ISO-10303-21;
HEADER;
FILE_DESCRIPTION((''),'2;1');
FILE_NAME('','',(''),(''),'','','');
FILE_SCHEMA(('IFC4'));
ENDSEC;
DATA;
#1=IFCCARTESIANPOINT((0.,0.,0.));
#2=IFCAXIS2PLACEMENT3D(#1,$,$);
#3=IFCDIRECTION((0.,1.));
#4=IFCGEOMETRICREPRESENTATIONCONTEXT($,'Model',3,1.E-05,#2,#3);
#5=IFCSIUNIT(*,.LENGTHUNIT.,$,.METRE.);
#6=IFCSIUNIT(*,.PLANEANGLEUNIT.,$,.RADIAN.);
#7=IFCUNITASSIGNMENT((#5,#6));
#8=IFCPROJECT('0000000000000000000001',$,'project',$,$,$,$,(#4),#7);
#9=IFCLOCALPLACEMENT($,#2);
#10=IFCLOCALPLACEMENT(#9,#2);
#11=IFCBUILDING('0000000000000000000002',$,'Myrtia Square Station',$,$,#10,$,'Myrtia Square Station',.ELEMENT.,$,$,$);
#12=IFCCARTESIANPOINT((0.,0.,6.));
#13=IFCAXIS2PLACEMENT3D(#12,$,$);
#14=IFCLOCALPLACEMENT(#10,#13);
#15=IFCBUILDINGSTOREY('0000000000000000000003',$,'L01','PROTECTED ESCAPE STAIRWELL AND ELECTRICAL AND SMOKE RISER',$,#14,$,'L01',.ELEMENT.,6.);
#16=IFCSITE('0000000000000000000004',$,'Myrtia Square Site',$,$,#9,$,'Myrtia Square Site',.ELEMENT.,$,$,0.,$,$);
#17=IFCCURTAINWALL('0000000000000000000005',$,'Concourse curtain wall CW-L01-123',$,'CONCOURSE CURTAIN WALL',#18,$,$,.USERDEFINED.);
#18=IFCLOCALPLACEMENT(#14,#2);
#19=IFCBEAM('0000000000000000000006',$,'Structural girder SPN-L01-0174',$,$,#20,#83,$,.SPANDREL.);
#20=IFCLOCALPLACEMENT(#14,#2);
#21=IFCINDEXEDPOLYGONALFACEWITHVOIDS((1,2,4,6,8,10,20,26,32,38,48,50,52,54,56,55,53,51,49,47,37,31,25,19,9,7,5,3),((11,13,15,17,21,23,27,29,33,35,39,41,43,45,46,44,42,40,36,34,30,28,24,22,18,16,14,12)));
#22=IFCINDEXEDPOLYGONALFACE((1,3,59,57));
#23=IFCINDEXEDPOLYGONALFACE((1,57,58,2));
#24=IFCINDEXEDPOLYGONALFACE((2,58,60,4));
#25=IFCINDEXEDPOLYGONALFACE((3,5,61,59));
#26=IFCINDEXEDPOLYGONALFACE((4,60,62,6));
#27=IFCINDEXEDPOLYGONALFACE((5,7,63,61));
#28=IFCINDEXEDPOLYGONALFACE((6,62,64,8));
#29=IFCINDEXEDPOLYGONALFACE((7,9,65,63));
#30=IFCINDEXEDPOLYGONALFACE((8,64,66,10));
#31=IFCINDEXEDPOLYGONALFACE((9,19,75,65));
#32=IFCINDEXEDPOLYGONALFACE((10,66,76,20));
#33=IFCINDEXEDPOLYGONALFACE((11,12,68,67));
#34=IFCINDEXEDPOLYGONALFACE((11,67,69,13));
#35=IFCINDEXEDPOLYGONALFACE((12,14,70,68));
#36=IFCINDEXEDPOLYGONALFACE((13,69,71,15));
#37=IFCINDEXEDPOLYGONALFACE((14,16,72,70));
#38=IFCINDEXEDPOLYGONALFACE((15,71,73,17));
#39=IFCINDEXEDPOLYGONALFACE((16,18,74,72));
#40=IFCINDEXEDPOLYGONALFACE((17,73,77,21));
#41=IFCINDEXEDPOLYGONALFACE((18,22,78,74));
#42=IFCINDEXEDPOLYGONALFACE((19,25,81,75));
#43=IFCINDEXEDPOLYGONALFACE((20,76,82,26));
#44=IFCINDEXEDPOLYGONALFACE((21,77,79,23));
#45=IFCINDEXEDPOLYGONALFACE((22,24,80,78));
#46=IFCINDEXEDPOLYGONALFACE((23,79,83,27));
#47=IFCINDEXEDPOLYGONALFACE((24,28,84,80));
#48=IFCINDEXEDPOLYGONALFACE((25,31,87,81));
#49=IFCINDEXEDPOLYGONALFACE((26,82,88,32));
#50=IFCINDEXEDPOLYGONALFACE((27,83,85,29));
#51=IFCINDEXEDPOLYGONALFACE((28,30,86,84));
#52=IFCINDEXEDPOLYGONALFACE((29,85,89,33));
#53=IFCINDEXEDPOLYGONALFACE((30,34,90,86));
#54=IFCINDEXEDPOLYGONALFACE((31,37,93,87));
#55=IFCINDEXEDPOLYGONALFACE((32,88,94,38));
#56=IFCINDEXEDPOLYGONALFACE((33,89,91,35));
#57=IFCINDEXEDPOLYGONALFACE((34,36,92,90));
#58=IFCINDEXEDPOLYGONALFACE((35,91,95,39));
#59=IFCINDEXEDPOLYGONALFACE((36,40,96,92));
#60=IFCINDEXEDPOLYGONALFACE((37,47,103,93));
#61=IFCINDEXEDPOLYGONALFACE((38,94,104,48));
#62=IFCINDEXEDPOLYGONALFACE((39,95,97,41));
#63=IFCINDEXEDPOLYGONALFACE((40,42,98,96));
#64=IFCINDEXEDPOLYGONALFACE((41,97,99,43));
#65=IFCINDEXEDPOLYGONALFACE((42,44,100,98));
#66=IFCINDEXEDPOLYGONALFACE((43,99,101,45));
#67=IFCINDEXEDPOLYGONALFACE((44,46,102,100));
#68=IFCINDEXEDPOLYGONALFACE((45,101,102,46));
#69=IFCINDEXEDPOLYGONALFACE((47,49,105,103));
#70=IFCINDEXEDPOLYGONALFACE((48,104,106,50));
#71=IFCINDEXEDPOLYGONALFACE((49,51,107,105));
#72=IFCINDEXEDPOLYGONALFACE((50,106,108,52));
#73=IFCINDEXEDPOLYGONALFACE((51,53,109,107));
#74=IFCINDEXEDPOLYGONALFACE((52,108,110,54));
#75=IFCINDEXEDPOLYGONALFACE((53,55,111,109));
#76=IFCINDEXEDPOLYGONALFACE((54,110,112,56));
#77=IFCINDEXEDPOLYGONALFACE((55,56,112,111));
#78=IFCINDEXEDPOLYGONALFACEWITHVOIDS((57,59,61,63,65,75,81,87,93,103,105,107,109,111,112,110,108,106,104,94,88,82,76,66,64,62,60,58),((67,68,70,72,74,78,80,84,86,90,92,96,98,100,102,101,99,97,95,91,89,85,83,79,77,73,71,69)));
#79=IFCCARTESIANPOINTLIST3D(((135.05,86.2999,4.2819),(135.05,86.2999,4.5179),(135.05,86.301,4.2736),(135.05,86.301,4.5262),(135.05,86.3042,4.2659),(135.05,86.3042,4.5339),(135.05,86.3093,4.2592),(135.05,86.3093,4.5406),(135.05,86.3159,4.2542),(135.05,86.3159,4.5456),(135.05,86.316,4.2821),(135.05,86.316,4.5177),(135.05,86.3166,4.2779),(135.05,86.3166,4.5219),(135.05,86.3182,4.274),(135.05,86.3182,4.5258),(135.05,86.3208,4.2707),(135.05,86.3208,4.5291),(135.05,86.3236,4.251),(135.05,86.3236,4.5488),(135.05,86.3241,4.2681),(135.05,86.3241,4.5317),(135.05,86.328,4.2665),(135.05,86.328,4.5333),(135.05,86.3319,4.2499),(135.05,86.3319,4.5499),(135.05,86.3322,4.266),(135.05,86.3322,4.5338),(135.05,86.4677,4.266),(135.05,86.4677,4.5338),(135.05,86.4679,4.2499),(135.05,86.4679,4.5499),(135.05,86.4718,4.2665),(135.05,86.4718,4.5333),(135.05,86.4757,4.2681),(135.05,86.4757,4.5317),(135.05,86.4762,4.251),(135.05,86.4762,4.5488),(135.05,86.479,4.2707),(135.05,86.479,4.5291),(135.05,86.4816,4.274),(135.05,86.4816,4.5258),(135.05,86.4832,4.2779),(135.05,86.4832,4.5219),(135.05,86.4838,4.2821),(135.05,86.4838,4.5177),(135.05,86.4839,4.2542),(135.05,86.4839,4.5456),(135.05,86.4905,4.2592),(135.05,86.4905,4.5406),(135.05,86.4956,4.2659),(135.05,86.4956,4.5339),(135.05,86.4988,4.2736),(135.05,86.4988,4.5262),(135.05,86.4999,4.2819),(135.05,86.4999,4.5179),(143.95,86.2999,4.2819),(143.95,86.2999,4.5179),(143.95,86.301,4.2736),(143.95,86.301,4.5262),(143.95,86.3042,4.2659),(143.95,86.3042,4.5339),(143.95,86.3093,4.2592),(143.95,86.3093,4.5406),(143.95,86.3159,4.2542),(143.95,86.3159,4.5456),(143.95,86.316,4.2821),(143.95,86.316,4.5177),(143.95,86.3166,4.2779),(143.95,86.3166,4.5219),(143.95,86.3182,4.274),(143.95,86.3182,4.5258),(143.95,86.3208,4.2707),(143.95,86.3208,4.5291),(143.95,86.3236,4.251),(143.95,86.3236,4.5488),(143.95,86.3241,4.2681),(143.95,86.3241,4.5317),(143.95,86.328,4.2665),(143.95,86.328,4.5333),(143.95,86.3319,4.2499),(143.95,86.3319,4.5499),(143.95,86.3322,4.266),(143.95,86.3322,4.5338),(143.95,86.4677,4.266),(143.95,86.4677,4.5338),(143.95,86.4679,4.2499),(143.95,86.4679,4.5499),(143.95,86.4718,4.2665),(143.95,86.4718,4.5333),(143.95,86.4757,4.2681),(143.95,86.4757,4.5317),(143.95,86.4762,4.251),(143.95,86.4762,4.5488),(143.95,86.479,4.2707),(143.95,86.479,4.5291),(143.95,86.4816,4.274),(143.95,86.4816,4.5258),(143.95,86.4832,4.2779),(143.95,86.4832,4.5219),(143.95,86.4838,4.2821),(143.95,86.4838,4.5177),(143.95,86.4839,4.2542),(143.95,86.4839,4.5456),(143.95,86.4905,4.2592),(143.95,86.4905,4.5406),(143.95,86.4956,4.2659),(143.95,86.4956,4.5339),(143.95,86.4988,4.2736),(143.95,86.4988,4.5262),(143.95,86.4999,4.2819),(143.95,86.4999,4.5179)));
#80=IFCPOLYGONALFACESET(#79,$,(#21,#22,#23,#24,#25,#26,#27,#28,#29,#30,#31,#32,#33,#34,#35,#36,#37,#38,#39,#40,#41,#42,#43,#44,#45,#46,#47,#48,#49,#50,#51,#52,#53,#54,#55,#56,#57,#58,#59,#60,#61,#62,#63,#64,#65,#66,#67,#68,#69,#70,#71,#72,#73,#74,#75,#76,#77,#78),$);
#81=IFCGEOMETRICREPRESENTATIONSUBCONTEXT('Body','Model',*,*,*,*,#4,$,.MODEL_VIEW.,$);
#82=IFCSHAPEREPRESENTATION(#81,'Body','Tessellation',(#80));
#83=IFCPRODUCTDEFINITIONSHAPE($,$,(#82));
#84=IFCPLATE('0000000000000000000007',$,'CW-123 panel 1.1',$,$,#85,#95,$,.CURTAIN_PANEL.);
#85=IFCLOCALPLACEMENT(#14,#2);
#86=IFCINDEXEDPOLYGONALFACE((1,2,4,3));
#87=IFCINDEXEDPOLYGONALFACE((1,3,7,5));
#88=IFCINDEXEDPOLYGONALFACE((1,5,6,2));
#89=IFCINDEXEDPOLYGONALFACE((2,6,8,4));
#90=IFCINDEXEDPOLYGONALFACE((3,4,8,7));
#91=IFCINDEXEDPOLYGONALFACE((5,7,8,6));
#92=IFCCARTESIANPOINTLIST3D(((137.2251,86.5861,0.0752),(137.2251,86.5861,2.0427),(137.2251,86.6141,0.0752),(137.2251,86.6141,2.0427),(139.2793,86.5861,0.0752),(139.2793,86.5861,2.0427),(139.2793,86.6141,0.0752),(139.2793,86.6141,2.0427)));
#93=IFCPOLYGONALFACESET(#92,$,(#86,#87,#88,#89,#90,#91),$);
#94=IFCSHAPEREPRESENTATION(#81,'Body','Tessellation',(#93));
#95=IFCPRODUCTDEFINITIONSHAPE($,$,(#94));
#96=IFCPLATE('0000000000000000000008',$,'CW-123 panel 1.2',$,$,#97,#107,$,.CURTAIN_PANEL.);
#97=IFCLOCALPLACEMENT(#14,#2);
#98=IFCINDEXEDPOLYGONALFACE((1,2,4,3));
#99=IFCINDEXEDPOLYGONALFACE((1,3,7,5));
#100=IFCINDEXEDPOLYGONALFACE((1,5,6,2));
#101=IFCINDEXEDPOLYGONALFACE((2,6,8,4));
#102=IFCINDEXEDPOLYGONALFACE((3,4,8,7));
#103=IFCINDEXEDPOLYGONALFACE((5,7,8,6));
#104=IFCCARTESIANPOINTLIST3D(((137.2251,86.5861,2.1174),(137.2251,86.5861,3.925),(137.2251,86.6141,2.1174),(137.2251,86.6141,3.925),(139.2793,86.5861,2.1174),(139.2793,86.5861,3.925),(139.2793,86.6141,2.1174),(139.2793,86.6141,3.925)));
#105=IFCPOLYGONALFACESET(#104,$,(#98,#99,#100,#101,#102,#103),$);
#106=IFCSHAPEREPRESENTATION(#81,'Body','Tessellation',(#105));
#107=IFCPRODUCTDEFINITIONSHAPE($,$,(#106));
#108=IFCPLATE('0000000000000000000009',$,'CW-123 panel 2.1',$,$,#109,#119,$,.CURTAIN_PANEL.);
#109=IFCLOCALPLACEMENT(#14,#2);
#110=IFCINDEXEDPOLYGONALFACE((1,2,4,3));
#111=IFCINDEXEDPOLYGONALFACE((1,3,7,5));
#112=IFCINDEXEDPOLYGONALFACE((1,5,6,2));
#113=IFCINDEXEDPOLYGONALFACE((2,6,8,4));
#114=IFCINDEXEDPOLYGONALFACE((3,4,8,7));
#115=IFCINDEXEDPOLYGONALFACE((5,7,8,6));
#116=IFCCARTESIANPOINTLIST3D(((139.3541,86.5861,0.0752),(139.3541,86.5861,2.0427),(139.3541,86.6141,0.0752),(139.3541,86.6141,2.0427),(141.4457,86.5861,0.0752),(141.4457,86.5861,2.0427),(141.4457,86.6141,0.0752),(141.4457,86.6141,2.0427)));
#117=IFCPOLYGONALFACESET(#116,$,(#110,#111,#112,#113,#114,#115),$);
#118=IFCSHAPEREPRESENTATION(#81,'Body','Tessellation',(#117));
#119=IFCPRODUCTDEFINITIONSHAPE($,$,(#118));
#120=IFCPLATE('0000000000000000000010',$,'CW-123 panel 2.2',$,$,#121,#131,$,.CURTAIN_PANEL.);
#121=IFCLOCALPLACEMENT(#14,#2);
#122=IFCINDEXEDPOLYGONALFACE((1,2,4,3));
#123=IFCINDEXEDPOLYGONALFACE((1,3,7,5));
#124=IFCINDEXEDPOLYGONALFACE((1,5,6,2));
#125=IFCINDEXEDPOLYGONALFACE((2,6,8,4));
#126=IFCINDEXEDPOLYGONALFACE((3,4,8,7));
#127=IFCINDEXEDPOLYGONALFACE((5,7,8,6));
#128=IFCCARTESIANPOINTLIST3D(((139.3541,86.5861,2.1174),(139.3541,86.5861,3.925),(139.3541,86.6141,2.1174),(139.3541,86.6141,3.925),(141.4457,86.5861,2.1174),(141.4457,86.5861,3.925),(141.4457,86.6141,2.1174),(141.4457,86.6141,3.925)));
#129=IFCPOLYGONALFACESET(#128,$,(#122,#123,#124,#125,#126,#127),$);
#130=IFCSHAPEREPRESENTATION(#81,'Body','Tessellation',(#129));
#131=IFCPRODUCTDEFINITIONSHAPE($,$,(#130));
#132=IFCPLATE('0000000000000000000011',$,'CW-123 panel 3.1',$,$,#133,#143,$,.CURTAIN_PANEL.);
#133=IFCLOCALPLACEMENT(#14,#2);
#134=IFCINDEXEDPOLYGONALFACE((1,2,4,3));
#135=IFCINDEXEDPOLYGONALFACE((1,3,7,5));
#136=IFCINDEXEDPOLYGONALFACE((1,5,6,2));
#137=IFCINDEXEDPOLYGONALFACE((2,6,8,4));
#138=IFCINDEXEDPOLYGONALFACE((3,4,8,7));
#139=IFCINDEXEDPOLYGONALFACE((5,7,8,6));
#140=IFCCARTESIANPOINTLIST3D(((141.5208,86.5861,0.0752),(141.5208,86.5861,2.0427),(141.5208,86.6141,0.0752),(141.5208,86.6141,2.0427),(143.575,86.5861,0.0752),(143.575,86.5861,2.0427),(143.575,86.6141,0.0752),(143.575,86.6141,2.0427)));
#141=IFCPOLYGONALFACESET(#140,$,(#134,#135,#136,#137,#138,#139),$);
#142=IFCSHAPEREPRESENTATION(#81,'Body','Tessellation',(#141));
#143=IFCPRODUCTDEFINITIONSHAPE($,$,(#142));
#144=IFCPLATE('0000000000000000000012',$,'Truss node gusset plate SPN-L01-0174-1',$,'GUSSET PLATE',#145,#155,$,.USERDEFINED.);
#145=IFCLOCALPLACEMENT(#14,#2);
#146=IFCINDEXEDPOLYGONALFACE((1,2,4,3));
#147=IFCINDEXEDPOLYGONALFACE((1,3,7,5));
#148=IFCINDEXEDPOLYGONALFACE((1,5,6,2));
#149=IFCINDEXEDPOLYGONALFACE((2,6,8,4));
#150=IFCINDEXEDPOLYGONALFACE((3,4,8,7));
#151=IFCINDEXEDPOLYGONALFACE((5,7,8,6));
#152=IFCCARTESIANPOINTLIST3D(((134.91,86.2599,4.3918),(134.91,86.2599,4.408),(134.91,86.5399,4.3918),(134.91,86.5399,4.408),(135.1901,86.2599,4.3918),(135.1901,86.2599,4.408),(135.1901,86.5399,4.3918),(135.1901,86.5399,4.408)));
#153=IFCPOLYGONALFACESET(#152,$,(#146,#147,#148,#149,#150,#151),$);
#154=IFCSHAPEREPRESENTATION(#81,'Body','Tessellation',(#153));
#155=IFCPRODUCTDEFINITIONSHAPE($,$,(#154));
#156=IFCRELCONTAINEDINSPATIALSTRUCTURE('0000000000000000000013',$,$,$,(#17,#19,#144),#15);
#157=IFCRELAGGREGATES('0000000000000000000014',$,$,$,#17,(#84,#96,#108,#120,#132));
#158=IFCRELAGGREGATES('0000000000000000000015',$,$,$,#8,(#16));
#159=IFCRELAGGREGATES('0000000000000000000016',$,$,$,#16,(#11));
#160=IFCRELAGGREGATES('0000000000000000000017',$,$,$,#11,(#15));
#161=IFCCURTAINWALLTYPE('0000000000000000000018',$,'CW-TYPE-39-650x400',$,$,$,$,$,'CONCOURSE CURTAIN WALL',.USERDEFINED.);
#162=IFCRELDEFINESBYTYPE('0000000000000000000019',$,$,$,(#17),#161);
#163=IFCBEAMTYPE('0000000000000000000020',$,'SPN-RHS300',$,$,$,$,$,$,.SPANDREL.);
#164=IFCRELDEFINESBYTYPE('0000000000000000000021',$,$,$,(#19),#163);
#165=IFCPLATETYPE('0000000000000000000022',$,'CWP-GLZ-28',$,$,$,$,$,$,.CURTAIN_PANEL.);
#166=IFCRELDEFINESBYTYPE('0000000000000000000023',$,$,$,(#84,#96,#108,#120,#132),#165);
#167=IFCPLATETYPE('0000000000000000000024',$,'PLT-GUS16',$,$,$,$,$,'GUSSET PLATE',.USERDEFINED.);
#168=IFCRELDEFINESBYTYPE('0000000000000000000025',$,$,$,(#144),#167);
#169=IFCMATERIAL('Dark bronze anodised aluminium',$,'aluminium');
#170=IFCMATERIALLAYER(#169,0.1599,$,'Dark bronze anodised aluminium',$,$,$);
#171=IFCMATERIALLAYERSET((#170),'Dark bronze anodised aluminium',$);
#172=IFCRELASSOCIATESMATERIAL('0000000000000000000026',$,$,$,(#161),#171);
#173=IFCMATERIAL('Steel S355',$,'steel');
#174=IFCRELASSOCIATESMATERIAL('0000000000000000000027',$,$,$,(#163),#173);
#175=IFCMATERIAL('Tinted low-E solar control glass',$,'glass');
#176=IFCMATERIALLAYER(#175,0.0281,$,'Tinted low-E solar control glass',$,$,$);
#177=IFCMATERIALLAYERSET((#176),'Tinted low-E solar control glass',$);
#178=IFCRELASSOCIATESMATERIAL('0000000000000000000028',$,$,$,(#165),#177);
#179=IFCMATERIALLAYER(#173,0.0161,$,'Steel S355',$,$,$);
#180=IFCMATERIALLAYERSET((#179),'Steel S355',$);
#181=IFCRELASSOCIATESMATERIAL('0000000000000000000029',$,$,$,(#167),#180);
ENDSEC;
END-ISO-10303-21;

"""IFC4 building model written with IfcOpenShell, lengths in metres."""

from ifc_helpers import new_model, si_unit, direction, frame, origin, origin_2d, place, context, subcontext, project, spatial, rectangle, hollow_rectangle, extrude, material, layer, layer_set, material_profile, profile_set, type_object, element, aggregate, save


model = new_model("IFC4")

# Units and contexts
model_context = context("Model", 3, precision=1e-05, world=origin(), true_north=direction((0.0, 1.0)))
body_context = subcontext(model_context, "Body", "Model", "MODEL_VIEW")
ifc_project = project(units=[si_unit("LENGTHUNIT", "METRE"), si_unit("PLANEANGLEUNIT", "RADIAN")], contexts=[model_context])

# Site, building, storey
site_placement = place(None, origin())
site = spatial("IfcSite", under=ifc_project, at=site_placement, Name="Myrtia Square Site", LongName="Myrtia Square Site", CompositionType="ELEMENT", RefElevation=0.0)
building_placement = place(site_placement, origin())
building = spatial("IfcBuilding", under=site, at=building_placement, Name="Myrtia Square Station", LongName="Myrtia Square Station", CompositionType="ELEMENT")
storey_placement = place(building_placement, frame((0.0, 0.0, 6.0)))
storey = spatial("IfcBuildingStorey", under=building, at=storey_placement, Name="L01", Description="PROTECTED ESCAPE STAIRWELL AND ELECTRICAL AND SMOKE RISER", LongName="L01", CompositionType="ELEMENT", Elevation=6.0)

# Curtain wall
ifc_material_1 = material(Name="Dark bronze anodised aluminium", Category="aluminium")
ifc_layer_1 = layer(ifc_material_1, 0.1599, Name="Dark bronze anodised aluminium")
ifc_layer_set_1 = layer_set([ifc_layer_1], Name="Dark bronze anodised aluminium")
curtain_wall_type = type_object("IfcCurtainWallType", Name="CW-TYPE-39-650x400", ElementType="CONCOURSE CURTAIN WALL", PredefinedType="USERDEFINED", material=ifc_layer_set_1)
curtain_wall_placement = place(storey_placement, origin())
curtain_wall = element("IfcCurtainWall", 1, at=curtain_wall_placement, inside=storey, type_object=curtain_wall_type, Name="Concourse curtain wall CW-L01-123", ObjectType="CONCOURSE CURTAIN WALL", PredefinedType="USERDEFINED")

# Beam
ifc_material_2 = material(Name="Steel S355", Category="steel")
ifc_material_profile_1 = material_profile(ifc_material_2, hollow_rectangle(XDim=0.2, YDim=0.3, WallThickness=0.0161, InnerFilletRadius=0.0161, OuterFilletRadius=0.032, at=origin_2d()), Name="RHS 300x200x16")
ifc_profile_set_1 = profile_set([ifc_material_profile_1], Name="Steel S355")
beam_type = type_object("IfcBeamType", Name="SPN-RHS300", PredefinedType="SPANDREL", material=ifc_profile_set_1)
beam_placement = place(storey_placement, frame((135.05, 86.3999, 4.3999), z_axis=(1.0, 0.0, 0.0), x_axis=(0.0, 1.0, 0.0)))
element("IfcBeam", 2, at=beam_placement, inside=storey, type_object=beam_type, Name="Structural girder SPN-L01-0174", PredefinedType="SPANDREL", context=body_context, shape_type="SweptSolid", body=[
    extrude(hollow_rectangle(XDim=0.2, YDim=0.3, WallThickness=0.0161, InnerFilletRadius=0.0161, OuterFilletRadius=0.032, at=origin_2d()), origin(), (0.0, 0.0, 1.0), 8.8999),
])

# Plates
ifc_material_3 = material(Name="Tinted low-E solar control glass", Category="glass")
ifc_layer_2 = layer(ifc_material_3, 0.0281, Name="Tinted low-E solar control glass")
ifc_layer_set_2 = layer_set([ifc_layer_2], Name="Tinted low-E solar control glass")
plate_type_1 = type_object("IfcPlateType", Name="CWP-GLZ-28", PredefinedType="CURTAIN_PANEL", material=ifc_layer_set_2)
plate_1_placement = place(storey_placement, frame((138.2522, 86.6001, 0.0752), z_axis=(0.0, 0.0, 1.0), x_axis=(1.0, 0.0, 0.0)))
plate_1 = element("IfcPlate", 3, at=plate_1_placement, type_object=plate_type_1, Name="CW-123 panel 1.1", PredefinedType="CURTAIN_PANEL", context=body_context, shape_type="SweptSolid", body=[
    extrude(rectangle(XDim=2.0542, YDim=0.0281, at=origin_2d()), origin(), (0.0, 0.0, 1.0), 1.9675),
])
plate_2_placement = place(storey_placement, frame((138.2522, 86.6001, 2.1174), z_axis=(0.0, 0.0, 1.0), x_axis=(1.0, 0.0, 0.0)))
plate_2 = element("IfcPlate", 4, at=plate_2_placement, type_object=plate_type_1, Name="CW-123 panel 1.2", PredefinedType="CURTAIN_PANEL", context=body_context, shape_type="SweptSolid", body=[
    extrude(rectangle(XDim=2.0542, YDim=0.0281, at=origin_2d()), origin(), (0.0, 0.0, 1.0), 1.8076),
])
plate_3_placement = place(storey_placement, frame((140.3999, 86.6001, 0.0752), z_axis=(0.0, 0.0, 1.0), x_axis=(1.0, 0.0, 0.0)))
plate_3 = element("IfcPlate", 5, at=plate_3_placement, type_object=plate_type_1, Name="CW-123 panel 2.1", PredefinedType="CURTAIN_PANEL", context=body_context, shape_type="SweptSolid", body=[
    extrude(rectangle(XDim=2.0916, YDim=0.0281, at=origin_2d()), origin(), (0.0, 0.0, 1.0), 1.9675),
])
plate_4_placement = place(storey_placement, frame((140.3999, 86.6001, 2.1174), z_axis=(0.0, 0.0, 1.0), x_axis=(1.0, 0.0, 0.0)))
plate_4 = element("IfcPlate", 6, at=plate_4_placement, type_object=plate_type_1, Name="CW-123 panel 2.2", PredefinedType="CURTAIN_PANEL", context=body_context, shape_type="SweptSolid", body=[
    extrude(rectangle(XDim=2.0916, YDim=0.0281, at=origin_2d()), origin(), (0.0, 0.0, 1.0), 1.8076),
])
plate_5_placement = place(storey_placement, frame((142.5479, 86.6001, 0.0752), z_axis=(0.0, 0.0, 1.0), x_axis=(1.0, 0.0, 0.0)))
plate_5 = element("IfcPlate", 7, at=plate_5_placement, type_object=plate_type_1, Name="CW-123 panel 3.1", PredefinedType="CURTAIN_PANEL", context=body_context, shape_type="SweptSolid", body=[
    extrude(rectangle(XDim=2.0542, YDim=0.0281, at=origin_2d()), origin(), (0.0, 0.0, 1.0), 1.9675),
])
aggregate(curtain_wall, [plate_1, plate_2, plate_3, plate_4, plate_5])
ifc_layer_3 = layer(ifc_material_2, 0.0161, Name="Steel S355")
ifc_layer_set_3 = layer_set([ifc_layer_3], Name="Steel S355")
plate_type_2 = type_object("IfcPlateType", Name="PLT-GUS16", ElementType="GUSSET PLATE", PredefinedType="USERDEFINED", material=ifc_layer_set_3)
plate_6_placement = place(storey_placement, frame((135.05, 86.3999, 4.3918), z_axis=(0.0, 0.0, 1.0), x_axis=(1.0, 0.0, 0.0)))
element("IfcPlate", 8, at=plate_6_placement, inside=storey, type_object=plate_type_2, Name="Truss node gusset plate SPN-L01-0174-1", ObjectType="GUSSET PLATE", PredefinedType="USERDEFINED", context=body_context, shape_type="SweptSolid", body=[
    extrude(rectangle(XDim=0.28, YDim=0.28, at=origin_2d()), origin(), (0.0, 0.0, 1.0), 0.0161),
])

save(model, "model.ifc")
